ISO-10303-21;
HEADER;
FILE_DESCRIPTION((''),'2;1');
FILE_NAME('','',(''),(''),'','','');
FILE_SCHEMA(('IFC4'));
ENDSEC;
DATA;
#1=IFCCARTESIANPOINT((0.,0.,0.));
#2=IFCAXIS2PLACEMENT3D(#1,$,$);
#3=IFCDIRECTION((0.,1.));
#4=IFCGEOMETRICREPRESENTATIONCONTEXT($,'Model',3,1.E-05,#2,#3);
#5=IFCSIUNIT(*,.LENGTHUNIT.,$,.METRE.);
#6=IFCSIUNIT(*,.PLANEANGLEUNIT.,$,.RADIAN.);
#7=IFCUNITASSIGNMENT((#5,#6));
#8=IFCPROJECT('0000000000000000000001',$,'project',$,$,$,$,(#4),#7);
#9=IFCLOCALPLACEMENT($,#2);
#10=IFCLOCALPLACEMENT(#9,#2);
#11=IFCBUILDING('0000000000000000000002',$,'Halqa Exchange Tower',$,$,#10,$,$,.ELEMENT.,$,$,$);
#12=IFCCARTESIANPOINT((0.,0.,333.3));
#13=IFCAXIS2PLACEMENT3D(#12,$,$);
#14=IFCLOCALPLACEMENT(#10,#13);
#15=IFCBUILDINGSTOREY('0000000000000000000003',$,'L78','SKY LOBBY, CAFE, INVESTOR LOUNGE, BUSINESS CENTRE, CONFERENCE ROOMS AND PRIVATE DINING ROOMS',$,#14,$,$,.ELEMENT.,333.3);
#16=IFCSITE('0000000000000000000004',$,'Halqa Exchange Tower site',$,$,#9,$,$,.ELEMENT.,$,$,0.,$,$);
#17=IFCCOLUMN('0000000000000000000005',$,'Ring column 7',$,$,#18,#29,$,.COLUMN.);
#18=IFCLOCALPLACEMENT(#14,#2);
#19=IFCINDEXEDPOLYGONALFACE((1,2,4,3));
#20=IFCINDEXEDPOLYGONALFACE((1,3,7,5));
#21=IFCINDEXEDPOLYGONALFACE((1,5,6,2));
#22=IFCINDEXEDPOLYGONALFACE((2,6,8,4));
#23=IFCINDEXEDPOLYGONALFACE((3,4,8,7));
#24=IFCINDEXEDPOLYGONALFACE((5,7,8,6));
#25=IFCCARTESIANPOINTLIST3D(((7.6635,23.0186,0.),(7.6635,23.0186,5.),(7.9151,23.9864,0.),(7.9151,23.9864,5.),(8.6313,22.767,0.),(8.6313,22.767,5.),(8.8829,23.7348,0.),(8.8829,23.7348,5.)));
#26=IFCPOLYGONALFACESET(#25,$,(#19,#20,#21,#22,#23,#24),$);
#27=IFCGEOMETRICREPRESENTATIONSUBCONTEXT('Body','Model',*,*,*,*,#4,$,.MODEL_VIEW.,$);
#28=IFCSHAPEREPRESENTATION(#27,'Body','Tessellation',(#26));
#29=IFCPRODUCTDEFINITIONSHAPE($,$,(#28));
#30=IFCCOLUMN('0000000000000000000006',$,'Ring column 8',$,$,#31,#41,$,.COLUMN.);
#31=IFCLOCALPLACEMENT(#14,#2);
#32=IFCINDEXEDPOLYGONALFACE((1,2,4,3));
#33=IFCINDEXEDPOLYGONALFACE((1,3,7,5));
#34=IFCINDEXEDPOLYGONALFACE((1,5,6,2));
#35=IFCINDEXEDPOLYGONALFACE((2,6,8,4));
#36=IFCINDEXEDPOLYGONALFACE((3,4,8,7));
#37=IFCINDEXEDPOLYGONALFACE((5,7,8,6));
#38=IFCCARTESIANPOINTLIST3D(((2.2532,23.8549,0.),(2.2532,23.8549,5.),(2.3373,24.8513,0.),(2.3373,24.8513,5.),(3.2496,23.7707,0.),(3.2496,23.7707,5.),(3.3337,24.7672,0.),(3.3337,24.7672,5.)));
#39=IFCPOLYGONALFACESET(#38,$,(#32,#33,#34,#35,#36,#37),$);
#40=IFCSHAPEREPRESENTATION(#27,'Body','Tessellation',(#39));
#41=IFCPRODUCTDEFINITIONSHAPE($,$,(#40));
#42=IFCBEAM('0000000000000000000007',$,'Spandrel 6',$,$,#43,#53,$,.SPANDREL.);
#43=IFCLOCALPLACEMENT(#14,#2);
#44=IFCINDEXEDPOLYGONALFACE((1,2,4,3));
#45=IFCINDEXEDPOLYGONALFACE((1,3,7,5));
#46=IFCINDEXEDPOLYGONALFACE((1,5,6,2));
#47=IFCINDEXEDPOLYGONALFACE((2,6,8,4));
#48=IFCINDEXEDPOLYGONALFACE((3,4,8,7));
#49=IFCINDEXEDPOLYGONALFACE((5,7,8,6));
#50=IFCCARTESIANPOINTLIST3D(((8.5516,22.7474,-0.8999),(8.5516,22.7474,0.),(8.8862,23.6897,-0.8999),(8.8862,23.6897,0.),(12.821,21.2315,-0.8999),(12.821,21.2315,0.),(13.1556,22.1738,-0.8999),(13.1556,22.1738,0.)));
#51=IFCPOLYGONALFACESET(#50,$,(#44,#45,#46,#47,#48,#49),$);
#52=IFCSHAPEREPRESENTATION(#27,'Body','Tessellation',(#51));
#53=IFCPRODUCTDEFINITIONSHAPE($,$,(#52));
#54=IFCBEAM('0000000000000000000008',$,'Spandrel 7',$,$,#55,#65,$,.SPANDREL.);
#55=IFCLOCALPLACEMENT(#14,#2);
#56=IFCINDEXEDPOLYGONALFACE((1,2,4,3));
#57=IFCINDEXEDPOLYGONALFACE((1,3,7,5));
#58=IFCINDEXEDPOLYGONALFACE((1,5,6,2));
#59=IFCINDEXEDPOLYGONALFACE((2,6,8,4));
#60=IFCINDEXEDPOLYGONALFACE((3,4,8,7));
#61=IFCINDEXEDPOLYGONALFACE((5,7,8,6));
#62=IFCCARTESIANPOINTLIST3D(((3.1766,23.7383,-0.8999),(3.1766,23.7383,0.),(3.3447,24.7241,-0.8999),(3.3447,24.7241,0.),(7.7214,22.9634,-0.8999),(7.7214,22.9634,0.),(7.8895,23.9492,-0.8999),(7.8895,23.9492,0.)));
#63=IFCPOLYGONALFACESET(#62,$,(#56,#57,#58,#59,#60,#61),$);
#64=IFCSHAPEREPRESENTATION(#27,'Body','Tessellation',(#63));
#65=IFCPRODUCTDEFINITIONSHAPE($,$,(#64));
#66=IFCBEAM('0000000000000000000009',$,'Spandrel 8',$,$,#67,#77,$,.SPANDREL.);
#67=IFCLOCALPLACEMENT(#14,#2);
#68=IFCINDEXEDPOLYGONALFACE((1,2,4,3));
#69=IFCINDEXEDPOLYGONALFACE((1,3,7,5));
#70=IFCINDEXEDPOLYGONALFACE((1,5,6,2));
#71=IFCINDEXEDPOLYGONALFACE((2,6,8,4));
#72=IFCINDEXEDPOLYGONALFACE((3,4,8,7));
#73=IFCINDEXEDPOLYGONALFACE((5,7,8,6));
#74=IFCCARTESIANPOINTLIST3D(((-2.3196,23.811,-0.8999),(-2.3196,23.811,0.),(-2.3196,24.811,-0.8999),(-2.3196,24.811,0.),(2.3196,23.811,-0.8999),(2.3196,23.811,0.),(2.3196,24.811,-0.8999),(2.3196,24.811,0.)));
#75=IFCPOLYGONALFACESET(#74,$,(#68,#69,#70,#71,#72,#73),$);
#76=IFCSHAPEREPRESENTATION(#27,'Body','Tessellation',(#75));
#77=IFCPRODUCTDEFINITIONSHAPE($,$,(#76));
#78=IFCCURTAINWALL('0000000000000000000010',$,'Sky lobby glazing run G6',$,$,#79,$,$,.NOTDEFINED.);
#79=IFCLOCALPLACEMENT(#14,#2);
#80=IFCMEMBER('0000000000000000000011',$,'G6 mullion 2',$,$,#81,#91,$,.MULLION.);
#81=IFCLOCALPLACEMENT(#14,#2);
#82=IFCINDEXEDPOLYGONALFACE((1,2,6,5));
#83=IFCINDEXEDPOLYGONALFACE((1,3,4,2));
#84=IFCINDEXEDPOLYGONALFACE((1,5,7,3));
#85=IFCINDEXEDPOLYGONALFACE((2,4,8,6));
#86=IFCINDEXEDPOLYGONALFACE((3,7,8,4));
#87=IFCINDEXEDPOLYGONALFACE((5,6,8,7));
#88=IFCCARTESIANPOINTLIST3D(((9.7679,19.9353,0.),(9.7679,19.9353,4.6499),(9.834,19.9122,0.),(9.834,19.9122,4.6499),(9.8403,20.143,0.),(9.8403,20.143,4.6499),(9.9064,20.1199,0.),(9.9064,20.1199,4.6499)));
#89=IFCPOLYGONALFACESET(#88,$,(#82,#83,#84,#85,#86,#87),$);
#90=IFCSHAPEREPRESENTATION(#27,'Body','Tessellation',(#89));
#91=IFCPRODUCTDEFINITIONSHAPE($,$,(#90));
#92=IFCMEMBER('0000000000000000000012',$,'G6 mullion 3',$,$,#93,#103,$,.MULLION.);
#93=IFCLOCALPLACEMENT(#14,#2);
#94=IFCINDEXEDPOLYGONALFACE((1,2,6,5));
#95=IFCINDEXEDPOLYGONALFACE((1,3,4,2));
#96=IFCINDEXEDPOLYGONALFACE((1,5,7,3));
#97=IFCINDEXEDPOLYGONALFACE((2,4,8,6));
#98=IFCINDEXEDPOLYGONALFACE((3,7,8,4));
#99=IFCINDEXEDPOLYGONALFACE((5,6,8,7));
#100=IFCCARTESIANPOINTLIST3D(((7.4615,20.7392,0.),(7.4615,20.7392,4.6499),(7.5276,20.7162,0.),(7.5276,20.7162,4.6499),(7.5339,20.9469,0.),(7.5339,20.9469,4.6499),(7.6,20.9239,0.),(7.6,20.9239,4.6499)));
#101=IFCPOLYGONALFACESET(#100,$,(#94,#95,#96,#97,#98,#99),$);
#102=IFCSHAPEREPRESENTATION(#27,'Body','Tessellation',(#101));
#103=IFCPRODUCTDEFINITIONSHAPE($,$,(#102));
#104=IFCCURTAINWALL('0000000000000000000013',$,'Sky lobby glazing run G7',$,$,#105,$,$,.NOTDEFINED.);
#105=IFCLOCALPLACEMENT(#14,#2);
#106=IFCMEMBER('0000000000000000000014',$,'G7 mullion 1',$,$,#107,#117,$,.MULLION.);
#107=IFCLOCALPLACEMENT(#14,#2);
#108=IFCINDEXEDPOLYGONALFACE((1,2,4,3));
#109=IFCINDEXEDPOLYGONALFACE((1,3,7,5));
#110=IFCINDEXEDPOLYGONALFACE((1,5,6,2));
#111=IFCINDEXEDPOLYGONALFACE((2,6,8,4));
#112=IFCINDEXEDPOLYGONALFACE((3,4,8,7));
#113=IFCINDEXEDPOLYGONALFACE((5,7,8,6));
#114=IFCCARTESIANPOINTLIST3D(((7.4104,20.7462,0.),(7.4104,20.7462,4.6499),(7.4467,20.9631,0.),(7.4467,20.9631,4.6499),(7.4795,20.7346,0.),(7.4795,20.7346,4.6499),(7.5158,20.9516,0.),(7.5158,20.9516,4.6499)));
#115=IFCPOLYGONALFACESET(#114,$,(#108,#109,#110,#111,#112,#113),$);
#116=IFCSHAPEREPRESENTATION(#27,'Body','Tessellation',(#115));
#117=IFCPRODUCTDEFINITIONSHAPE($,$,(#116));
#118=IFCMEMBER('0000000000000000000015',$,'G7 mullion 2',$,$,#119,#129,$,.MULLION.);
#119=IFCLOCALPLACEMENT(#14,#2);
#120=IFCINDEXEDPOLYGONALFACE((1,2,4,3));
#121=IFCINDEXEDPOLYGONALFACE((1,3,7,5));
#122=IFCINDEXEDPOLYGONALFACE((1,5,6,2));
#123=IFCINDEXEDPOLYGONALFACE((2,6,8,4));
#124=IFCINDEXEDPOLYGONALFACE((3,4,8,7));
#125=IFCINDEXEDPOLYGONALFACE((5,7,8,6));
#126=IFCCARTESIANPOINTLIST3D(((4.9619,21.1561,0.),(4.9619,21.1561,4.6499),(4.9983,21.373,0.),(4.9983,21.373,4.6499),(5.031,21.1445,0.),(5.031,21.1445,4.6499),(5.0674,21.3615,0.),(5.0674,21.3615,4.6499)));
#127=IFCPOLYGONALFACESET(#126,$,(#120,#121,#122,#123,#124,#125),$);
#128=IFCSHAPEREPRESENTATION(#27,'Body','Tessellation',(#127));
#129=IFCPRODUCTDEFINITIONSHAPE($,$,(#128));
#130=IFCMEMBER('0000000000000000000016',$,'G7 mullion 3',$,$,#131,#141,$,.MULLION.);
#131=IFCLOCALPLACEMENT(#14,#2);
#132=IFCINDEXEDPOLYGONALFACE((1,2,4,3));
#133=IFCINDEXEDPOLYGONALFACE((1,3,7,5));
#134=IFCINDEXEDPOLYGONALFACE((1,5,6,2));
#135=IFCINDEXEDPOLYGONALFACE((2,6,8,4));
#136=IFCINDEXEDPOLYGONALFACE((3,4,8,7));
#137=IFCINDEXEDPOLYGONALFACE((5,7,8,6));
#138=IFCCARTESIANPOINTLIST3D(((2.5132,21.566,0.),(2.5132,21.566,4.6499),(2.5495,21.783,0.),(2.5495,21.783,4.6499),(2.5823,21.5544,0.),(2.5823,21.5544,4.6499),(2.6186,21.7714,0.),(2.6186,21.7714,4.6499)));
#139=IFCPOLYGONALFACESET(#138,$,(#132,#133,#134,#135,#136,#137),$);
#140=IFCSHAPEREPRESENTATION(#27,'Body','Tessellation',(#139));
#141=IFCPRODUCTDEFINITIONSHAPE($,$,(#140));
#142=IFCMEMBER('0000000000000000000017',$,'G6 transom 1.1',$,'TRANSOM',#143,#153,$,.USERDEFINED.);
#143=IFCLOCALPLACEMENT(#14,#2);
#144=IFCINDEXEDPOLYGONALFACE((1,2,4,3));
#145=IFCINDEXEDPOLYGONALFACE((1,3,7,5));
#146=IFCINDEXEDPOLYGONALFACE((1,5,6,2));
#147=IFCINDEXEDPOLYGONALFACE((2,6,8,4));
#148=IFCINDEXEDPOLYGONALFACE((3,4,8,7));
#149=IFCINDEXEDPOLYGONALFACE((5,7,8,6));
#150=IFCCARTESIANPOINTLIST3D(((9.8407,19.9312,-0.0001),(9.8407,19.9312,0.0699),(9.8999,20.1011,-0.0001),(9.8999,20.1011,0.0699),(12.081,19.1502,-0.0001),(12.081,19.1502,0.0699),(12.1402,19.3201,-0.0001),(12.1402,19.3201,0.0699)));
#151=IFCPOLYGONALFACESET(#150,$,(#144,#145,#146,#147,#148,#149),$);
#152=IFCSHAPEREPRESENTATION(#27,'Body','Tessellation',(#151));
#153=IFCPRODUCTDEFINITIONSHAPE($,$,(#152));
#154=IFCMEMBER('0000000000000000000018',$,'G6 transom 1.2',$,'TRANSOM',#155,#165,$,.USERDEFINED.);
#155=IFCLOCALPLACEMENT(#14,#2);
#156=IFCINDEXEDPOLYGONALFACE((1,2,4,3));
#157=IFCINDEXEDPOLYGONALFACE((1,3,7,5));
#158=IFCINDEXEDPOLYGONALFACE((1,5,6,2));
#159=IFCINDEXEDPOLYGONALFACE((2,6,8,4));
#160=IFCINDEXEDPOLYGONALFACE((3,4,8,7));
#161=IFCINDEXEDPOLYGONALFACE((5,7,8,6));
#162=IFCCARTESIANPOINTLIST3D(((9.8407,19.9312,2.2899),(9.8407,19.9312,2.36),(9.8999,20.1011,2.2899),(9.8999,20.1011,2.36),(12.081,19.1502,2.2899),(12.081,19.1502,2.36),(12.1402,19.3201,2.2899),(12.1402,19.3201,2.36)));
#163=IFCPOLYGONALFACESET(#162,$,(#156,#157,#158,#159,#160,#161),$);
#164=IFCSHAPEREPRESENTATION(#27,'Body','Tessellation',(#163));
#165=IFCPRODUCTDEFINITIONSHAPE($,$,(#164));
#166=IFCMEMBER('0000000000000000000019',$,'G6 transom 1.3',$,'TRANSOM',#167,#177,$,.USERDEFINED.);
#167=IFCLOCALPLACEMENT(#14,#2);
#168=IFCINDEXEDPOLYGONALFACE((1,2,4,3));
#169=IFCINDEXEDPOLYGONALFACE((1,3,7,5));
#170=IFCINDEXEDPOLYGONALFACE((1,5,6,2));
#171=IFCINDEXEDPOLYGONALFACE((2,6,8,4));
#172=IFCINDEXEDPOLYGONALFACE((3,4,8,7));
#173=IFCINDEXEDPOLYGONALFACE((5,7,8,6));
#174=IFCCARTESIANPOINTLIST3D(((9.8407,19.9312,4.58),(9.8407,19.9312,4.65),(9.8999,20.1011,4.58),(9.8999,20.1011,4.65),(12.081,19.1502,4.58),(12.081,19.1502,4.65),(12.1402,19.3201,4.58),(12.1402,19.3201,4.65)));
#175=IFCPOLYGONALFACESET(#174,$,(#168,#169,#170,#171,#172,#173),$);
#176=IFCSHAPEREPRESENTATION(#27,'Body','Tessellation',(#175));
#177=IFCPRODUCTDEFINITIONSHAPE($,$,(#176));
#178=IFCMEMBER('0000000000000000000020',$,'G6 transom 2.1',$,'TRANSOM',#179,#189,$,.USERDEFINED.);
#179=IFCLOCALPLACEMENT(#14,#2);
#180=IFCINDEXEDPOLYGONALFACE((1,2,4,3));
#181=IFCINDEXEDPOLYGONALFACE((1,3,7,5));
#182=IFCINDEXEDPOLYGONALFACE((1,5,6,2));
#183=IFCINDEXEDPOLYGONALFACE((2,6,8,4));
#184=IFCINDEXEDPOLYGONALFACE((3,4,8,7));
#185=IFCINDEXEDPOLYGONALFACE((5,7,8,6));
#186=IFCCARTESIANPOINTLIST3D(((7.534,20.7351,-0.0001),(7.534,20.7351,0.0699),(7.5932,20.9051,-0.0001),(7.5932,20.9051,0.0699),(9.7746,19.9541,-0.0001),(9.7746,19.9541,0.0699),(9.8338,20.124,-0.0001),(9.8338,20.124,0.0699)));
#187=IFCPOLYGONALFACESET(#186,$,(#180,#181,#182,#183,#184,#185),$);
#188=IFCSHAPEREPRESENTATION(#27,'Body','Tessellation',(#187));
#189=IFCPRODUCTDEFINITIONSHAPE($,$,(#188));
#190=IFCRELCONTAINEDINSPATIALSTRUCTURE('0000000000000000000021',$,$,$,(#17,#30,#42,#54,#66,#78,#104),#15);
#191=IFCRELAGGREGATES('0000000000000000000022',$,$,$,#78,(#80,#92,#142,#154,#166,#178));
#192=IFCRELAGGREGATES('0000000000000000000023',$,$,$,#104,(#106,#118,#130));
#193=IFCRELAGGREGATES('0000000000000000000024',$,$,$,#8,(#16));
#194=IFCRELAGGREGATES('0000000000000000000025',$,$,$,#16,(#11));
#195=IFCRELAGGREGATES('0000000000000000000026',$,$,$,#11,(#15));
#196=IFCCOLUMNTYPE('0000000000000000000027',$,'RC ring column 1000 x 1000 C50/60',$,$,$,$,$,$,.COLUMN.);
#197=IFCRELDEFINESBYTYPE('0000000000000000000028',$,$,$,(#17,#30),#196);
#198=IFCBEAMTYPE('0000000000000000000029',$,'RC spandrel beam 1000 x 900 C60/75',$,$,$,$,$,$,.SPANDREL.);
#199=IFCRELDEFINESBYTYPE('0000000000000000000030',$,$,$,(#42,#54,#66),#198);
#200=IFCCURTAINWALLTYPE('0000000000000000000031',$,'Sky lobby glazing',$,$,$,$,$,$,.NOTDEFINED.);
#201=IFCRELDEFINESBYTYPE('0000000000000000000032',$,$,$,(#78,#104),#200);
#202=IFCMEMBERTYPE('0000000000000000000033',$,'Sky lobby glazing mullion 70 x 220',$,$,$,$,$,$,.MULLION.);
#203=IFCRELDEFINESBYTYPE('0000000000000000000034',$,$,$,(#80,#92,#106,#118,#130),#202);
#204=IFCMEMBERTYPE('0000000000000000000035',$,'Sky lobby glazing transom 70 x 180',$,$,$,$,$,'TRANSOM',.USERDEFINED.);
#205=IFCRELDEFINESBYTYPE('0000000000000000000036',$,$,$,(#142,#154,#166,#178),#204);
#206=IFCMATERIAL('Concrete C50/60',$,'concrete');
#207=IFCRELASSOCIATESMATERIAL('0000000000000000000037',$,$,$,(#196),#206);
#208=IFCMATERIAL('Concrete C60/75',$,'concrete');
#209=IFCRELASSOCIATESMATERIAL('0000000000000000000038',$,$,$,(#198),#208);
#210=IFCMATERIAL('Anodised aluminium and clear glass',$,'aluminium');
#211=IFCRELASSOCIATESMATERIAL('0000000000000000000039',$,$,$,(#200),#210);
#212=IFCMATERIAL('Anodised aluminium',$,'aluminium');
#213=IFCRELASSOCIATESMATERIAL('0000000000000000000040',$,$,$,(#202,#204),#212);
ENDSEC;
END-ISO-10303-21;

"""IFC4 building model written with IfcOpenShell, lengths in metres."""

from ifc_helpers import new_model, si_unit, direction, frame, origin, origin_2d, place, context, subcontext, project, spatial, rectangle, extrude, material, material_profile, profile_set, type_object, element, aggregate, save


model = new_model("IFC4")

# Units and contexts
model_context = context("Model", 3, precision=1e-05, world=origin(), true_north=direction((0.0, 1.0)))
body_context = subcontext(model_context, "Body", "Model", "MODEL_VIEW")
ifc_project = project(units=[si_unit("LENGTHUNIT", "METRE"), si_unit("PLANEANGLEUNIT", "RADIAN")], contexts=[model_context])

# Site, building, storey
site_placement = place(None, origin())
site = spatial("IfcSite", under=ifc_project, at=site_placement, Name="Halqa Exchange Tower site", CompositionType="ELEMENT", RefElevation=0.0)
building_placement = place(site_placement, origin())
building = spatial("IfcBuilding", under=site, at=building_placement, Name="Halqa Exchange Tower", CompositionType="ELEMENT")
storey_placement = place(building_placement, frame((0.0, 0.0, 333.3)))
storey = spatial("IfcBuildingStorey", under=building, at=storey_placement, Name="L78", Description="SKY LOBBY, CAFE, INVESTOR LOUNGE, BUSINESS CENTRE, CONFERENCE ROOMS AND PRIVATE DINING ROOMS", CompositionType="ELEMENT", Elevation=333.3)

# Columns
ifc_material_1 = material(Name="Concrete C50/60", Category="concrete")
ifc_material_profile_1 = material_profile(ifc_material_1, rectangle(XDim=1.0, YDim=1.0, at=origin_2d()), Name="1000 x 1000")
ifc_profile_set_1 = profile_set([ifc_material_profile_1], Name="Concrete C50/60")
column_type = type_object("IfcColumnType", Name="RC ring column 1000 x 1000 C50/60", PredefinedType="COLUMN", material=ifc_profile_set_1)
for number, where, z_axis, x_axis, name in (
    (1, (8.2732, 23.3767, 0.0), (0.0, 0.0, 1.0), (-0.967819, 0.251647, 0.0), "Ring column 7"),
    (2, (2.7935, 24.311, 0.0), (0.0, 0.0, 1.0), (-0.996455, 0.084127, 0.0), "Ring column 8"),
):
    element("IfcColumn", number, at=place(storey_placement, frame(where, z_axis=z_axis, x_axis=x_axis)), inside=storey, type_object=column_type, Name=name, PredefinedType="COLUMN", context=body_context, shape_type="SweptSolid", body=[
        extrude(rectangle(XDim=1.0, YDim=1.0, at=origin_2d()), origin(), (0.0, 0.0, 1.0), 5.0),
    ])

# Beams
ifc_material_2 = material(Name="Concrete C60/75", Category="concrete")
ifc_material_profile_2 = material_profile(ifc_material_2, rectangle(XDim=1.0, YDim=0.8999, at=origin_2d()), Name="1000 x 900")
ifc_profile_set_2 = profile_set([ifc_material_profile_2], Name="Concrete C60/75")
beam_type = type_object("IfcBeamType", Name="RC spandrel beam 1000 x 900 C60/75", PredefinedType="SPANDREL", material=ifc_profile_set_2)
beam_1_placement = place(storey_placement, frame((12.9883, 21.7026, -0.45), z_axis=(-0.942361, 0.334598, 0.0), x_axis=(-0.334598, -0.942361, 0.0)))
element("IfcBeam", 3, at=beam_1_placement, inside=storey, type_object=beam_type, Name="Spandrel 6", PredefinedType="SPANDREL", context=body_context, shape_type="SweptSolid", body=[
    extrude(rectangle(XDim=1.0, YDim=0.8999, at=origin_2d()), origin(), (0.0, 0.0, 1.0), 4.5305),
])
beam_2_placement = place(storey_placement, frame((7.8054, 23.4563, -0.45), z_axis=(-0.985773, 0.168082, 0.0), x_axis=(-0.168082, -0.985773, 0.0)))
element("IfcBeam", 4, at=beam_2_placement, inside=storey, type_object=beam_type, Name="Spandrel 7", PredefinedType="SPANDREL", context=body_context, shape_type="SweptSolid", body=[
    extrude(rectangle(XDim=1.0, YDim=0.8999, at=origin_2d()), origin(), (0.0, 0.0, 1.0), 4.6104),
])
beam_3_placement = place(storey_placement, frame((2.3196, 24.311, -0.45), z_axis=(-1.0, 0.0, 0.0), x_axis=(0.0, -1.0, 0.0)))
element("IfcBeam", 5, at=beam_3_placement, inside=storey, type_object=beam_type, Name="Spandrel 8", PredefinedType="SPANDREL", context=body_context, shape_type="SweptSolid", body=[
    extrude(rectangle(XDim=1.0, YDim=0.8999, at=origin_2d()), origin(), (0.0, 0.0, 1.0), 4.6392),
])

# Curtain walls, members
ifc_material_3 = material(Name="Anodised aluminium and clear glass", Category="aluminium")
curtain_wall_type = type_object("IfcCurtainWallType", Name="Sky lobby glazing", PredefinedType="NOTDEFINED", material=ifc_material_3)
curtain_wall_1_placement = place(storey_placement, origin())
curtain_wall_1 = element("IfcCurtainWall", 6, at=curtain_wall_1_placement, inside=storey, type_object=curtain_wall_type, Name="Sky lobby glazing run G6", PredefinedType="NOTDEFINED")
ifc_material_4 = material(Name="Anodised aluminium", Category="aluminium")
ifc_material_profile_3 = material_profile(ifc_material_4, rectangle(XDim=0.22, YDim=0.0701, at=origin_2d()), Name="AL 70x220")
ifc_profile_set_3 = profile_set([ifc_material_profile_3], Name="Anodised aluminium")
member_type_1 = type_object("IfcMemberType", Name="Sky lobby glazing mullion 70 x 220", PredefinedType="MULLION", material=ifc_profile_set_3)
member_1_placement = place(storey_placement, frame((9.8372, 20.0276, 0.0), z_axis=(0.0, 0.0, 1.0), x_axis=(-0.32916, -0.944274, 0.0)))
member_1 = element("IfcMember", 7, at=member_1_placement, type_object=member_type_1, Name="G6 mullion 2", PredefinedType="MULLION", context=body_context, shape_type="SweptSolid", body=[
    extrude(rectangle(XDim=0.22, YDim=0.0701, at=origin_2d()), origin(), (0.0, 0.0, 1.0), 4.6499),
])
member_2_placement = place(storey_placement, frame((7.5308, 20.8315, 0.0), z_axis=(0.0, 0.0, 1.0), x_axis=(-0.32916, -0.944274, 0.0)))
member_2 = element("IfcMember", 8, at=member_2_placement, type_object=member_type_1, Name="G6 mullion 3", PredefinedType="MULLION", context=body_context, shape_type="SweptSolid", body=[
    extrude(rectangle(XDim=0.22, YDim=0.0701, at=origin_2d()), origin(), (0.0, 0.0, 1.0), 4.6499),
])
curtain_wall_2_placement = place(storey_placement, origin())
curtain_wall_2 = element("IfcCurtainWall", 9, at=curtain_wall_2_placement, inside=storey, type_object=curtain_wall_type, Name="Sky lobby glazing run G7", PredefinedType="NOTDEFINED")
member_3_placement = place(storey_placement, frame((7.4631, 20.8489, 0.0), z_axis=(0.0, 0.0, 1.0), x_axis=(-0.165117, -0.986274, 0.0)))
member_3 = element("IfcMember", 10, at=member_3_placement, type_object=member_type_1, Name="G7 mullion 1", PredefinedType="MULLION", context=body_context, shape_type="SweptSolid", body=[
    extrude(rectangle(XDim=0.22, YDim=0.0701, at=origin_2d()), origin(), (0.0, 0.0, 1.0), 4.6499),
])
member_4_placement = place(storey_placement, frame((5.0146, 21.2588, 0.0), z_axis=(0.0, 0.0, 1.0), x_axis=(-0.165117, -0.986274, 0.0)))
member_4 = element("IfcMember", 11, at=member_4_placement, type_object=member_type_1, Name="G7 mullion 2", PredefinedType="MULLION", context=body_context, shape_type="SweptSolid", body=[
    extrude(rectangle(XDim=0.22, YDim=0.0701, at=origin_2d()), origin(), (0.0, 0.0, 1.0), 4.6499),
])
member_5_placement = place(storey_placement, frame((2.5659, 21.6687, 0.0), z_axis=(0.0, 0.0, 1.0), x_axis=(-0.165117, -0.986274, 0.0)))
member_5 = element("IfcMember", 12, at=member_5_placement, type_object=member_type_1, Name="G7 mullion 3", PredefinedType="MULLION", context=body_context, shape_type="SweptSolid", body=[
    extrude(rectangle(XDim=0.22, YDim=0.0701, at=origin_2d()), origin(), (0.0, 0.0, 1.0), 4.6499),
])

# Members
ifc_material_profile_4 = material_profile(ifc_material_4, rectangle(XDim=0.1799, YDim=0.0701, at=origin_2d()), Name="AL 70x180")
ifc_profile_set_4 = profile_set([ifc_material_profile_4], Name="Anodised aluminium")
member_type_2 = type_object("IfcMemberType", Name="Sky lobby glazing transom 70 x 180", ElementType="TRANSOM", PredefinedType="USERDEFINED", material=ifc_profile_set_4)
member_6_placement = place(storey_placement, frame((12.1106, 19.2351, 0.0349), z_axis=(-0.944262, 0.329195, 0.0), x_axis=(-0.329195, -0.944262, 0.0)))
member_6 = element("IfcMember", 13, at=member_6_placement, type_object=member_type_2, Name="G6 transom 1.1", ObjectType="TRANSOM", PredefinedType="USERDEFINED", context=body_context, shape_type="SweptSolid", body=[
    extrude(rectangle(XDim=0.1799, YDim=0.0701, at=origin_2d()), origin(), (0.0, 0.0, 1.0), 2.3726),
])
member_7_placement = place(storey_placement, frame((12.1106, 19.2351, 2.325), z_axis=(-0.944262, 0.329195, 0.0), x_axis=(-0.329195, -0.944262, 0.0)))
member_7 = element("IfcMember", 14, at=member_7_placement, type_object=member_type_2, Name="G6 transom 1.2", ObjectType="TRANSOM", PredefinedType="USERDEFINED", context=body_context, shape_type="SweptSolid", body=[
    extrude(rectangle(XDim=0.1799, YDim=0.0701, at=origin_2d()), origin(), (0.0, 0.0, 1.0), 2.3726),
])
member_8_placement = place(storey_placement, frame((12.1106, 19.2351, 4.615), z_axis=(-0.944262, 0.329195, 0.0), x_axis=(-0.329195, -0.944262, 0.0)))
member_8 = element("IfcMember", 15, at=member_8_placement, type_object=member_type_2, Name="G6 transom 1.3", ObjectType="TRANSOM", PredefinedType="USERDEFINED", context=body_context, shape_type="SweptSolid", body=[
    extrude(rectangle(XDim=0.1799, YDim=0.0701, at=origin_2d()), origin(), (0.0, 0.0, 1.0), 2.3726),
])
member_9_placement = place(storey_placement, frame((9.8042, 20.0391, 0.0349), z_axis=(-0.944273, 0.329163, 0.0), x_axis=(-0.329163, -0.944273, 0.0)))
member_9 = element("IfcMember", 16, at=member_9_placement, type_object=member_type_2, Name="G6 transom 2.1", ObjectType="TRANSOM", PredefinedType="USERDEFINED", context=body_context, shape_type="SweptSolid", body=[
    extrude(rectangle(XDim=0.1799, YDim=0.0701, at=origin_2d()), origin(), (0.0, 0.0, 1.0), 2.3728),
])

aggregate(curtain_wall_1, [member_1, member_2, member_6, member_7, member_8, member_9])
aggregate(curtain_wall_2, [member_3, member_4, member_5])

save(model, "model.ifc")
